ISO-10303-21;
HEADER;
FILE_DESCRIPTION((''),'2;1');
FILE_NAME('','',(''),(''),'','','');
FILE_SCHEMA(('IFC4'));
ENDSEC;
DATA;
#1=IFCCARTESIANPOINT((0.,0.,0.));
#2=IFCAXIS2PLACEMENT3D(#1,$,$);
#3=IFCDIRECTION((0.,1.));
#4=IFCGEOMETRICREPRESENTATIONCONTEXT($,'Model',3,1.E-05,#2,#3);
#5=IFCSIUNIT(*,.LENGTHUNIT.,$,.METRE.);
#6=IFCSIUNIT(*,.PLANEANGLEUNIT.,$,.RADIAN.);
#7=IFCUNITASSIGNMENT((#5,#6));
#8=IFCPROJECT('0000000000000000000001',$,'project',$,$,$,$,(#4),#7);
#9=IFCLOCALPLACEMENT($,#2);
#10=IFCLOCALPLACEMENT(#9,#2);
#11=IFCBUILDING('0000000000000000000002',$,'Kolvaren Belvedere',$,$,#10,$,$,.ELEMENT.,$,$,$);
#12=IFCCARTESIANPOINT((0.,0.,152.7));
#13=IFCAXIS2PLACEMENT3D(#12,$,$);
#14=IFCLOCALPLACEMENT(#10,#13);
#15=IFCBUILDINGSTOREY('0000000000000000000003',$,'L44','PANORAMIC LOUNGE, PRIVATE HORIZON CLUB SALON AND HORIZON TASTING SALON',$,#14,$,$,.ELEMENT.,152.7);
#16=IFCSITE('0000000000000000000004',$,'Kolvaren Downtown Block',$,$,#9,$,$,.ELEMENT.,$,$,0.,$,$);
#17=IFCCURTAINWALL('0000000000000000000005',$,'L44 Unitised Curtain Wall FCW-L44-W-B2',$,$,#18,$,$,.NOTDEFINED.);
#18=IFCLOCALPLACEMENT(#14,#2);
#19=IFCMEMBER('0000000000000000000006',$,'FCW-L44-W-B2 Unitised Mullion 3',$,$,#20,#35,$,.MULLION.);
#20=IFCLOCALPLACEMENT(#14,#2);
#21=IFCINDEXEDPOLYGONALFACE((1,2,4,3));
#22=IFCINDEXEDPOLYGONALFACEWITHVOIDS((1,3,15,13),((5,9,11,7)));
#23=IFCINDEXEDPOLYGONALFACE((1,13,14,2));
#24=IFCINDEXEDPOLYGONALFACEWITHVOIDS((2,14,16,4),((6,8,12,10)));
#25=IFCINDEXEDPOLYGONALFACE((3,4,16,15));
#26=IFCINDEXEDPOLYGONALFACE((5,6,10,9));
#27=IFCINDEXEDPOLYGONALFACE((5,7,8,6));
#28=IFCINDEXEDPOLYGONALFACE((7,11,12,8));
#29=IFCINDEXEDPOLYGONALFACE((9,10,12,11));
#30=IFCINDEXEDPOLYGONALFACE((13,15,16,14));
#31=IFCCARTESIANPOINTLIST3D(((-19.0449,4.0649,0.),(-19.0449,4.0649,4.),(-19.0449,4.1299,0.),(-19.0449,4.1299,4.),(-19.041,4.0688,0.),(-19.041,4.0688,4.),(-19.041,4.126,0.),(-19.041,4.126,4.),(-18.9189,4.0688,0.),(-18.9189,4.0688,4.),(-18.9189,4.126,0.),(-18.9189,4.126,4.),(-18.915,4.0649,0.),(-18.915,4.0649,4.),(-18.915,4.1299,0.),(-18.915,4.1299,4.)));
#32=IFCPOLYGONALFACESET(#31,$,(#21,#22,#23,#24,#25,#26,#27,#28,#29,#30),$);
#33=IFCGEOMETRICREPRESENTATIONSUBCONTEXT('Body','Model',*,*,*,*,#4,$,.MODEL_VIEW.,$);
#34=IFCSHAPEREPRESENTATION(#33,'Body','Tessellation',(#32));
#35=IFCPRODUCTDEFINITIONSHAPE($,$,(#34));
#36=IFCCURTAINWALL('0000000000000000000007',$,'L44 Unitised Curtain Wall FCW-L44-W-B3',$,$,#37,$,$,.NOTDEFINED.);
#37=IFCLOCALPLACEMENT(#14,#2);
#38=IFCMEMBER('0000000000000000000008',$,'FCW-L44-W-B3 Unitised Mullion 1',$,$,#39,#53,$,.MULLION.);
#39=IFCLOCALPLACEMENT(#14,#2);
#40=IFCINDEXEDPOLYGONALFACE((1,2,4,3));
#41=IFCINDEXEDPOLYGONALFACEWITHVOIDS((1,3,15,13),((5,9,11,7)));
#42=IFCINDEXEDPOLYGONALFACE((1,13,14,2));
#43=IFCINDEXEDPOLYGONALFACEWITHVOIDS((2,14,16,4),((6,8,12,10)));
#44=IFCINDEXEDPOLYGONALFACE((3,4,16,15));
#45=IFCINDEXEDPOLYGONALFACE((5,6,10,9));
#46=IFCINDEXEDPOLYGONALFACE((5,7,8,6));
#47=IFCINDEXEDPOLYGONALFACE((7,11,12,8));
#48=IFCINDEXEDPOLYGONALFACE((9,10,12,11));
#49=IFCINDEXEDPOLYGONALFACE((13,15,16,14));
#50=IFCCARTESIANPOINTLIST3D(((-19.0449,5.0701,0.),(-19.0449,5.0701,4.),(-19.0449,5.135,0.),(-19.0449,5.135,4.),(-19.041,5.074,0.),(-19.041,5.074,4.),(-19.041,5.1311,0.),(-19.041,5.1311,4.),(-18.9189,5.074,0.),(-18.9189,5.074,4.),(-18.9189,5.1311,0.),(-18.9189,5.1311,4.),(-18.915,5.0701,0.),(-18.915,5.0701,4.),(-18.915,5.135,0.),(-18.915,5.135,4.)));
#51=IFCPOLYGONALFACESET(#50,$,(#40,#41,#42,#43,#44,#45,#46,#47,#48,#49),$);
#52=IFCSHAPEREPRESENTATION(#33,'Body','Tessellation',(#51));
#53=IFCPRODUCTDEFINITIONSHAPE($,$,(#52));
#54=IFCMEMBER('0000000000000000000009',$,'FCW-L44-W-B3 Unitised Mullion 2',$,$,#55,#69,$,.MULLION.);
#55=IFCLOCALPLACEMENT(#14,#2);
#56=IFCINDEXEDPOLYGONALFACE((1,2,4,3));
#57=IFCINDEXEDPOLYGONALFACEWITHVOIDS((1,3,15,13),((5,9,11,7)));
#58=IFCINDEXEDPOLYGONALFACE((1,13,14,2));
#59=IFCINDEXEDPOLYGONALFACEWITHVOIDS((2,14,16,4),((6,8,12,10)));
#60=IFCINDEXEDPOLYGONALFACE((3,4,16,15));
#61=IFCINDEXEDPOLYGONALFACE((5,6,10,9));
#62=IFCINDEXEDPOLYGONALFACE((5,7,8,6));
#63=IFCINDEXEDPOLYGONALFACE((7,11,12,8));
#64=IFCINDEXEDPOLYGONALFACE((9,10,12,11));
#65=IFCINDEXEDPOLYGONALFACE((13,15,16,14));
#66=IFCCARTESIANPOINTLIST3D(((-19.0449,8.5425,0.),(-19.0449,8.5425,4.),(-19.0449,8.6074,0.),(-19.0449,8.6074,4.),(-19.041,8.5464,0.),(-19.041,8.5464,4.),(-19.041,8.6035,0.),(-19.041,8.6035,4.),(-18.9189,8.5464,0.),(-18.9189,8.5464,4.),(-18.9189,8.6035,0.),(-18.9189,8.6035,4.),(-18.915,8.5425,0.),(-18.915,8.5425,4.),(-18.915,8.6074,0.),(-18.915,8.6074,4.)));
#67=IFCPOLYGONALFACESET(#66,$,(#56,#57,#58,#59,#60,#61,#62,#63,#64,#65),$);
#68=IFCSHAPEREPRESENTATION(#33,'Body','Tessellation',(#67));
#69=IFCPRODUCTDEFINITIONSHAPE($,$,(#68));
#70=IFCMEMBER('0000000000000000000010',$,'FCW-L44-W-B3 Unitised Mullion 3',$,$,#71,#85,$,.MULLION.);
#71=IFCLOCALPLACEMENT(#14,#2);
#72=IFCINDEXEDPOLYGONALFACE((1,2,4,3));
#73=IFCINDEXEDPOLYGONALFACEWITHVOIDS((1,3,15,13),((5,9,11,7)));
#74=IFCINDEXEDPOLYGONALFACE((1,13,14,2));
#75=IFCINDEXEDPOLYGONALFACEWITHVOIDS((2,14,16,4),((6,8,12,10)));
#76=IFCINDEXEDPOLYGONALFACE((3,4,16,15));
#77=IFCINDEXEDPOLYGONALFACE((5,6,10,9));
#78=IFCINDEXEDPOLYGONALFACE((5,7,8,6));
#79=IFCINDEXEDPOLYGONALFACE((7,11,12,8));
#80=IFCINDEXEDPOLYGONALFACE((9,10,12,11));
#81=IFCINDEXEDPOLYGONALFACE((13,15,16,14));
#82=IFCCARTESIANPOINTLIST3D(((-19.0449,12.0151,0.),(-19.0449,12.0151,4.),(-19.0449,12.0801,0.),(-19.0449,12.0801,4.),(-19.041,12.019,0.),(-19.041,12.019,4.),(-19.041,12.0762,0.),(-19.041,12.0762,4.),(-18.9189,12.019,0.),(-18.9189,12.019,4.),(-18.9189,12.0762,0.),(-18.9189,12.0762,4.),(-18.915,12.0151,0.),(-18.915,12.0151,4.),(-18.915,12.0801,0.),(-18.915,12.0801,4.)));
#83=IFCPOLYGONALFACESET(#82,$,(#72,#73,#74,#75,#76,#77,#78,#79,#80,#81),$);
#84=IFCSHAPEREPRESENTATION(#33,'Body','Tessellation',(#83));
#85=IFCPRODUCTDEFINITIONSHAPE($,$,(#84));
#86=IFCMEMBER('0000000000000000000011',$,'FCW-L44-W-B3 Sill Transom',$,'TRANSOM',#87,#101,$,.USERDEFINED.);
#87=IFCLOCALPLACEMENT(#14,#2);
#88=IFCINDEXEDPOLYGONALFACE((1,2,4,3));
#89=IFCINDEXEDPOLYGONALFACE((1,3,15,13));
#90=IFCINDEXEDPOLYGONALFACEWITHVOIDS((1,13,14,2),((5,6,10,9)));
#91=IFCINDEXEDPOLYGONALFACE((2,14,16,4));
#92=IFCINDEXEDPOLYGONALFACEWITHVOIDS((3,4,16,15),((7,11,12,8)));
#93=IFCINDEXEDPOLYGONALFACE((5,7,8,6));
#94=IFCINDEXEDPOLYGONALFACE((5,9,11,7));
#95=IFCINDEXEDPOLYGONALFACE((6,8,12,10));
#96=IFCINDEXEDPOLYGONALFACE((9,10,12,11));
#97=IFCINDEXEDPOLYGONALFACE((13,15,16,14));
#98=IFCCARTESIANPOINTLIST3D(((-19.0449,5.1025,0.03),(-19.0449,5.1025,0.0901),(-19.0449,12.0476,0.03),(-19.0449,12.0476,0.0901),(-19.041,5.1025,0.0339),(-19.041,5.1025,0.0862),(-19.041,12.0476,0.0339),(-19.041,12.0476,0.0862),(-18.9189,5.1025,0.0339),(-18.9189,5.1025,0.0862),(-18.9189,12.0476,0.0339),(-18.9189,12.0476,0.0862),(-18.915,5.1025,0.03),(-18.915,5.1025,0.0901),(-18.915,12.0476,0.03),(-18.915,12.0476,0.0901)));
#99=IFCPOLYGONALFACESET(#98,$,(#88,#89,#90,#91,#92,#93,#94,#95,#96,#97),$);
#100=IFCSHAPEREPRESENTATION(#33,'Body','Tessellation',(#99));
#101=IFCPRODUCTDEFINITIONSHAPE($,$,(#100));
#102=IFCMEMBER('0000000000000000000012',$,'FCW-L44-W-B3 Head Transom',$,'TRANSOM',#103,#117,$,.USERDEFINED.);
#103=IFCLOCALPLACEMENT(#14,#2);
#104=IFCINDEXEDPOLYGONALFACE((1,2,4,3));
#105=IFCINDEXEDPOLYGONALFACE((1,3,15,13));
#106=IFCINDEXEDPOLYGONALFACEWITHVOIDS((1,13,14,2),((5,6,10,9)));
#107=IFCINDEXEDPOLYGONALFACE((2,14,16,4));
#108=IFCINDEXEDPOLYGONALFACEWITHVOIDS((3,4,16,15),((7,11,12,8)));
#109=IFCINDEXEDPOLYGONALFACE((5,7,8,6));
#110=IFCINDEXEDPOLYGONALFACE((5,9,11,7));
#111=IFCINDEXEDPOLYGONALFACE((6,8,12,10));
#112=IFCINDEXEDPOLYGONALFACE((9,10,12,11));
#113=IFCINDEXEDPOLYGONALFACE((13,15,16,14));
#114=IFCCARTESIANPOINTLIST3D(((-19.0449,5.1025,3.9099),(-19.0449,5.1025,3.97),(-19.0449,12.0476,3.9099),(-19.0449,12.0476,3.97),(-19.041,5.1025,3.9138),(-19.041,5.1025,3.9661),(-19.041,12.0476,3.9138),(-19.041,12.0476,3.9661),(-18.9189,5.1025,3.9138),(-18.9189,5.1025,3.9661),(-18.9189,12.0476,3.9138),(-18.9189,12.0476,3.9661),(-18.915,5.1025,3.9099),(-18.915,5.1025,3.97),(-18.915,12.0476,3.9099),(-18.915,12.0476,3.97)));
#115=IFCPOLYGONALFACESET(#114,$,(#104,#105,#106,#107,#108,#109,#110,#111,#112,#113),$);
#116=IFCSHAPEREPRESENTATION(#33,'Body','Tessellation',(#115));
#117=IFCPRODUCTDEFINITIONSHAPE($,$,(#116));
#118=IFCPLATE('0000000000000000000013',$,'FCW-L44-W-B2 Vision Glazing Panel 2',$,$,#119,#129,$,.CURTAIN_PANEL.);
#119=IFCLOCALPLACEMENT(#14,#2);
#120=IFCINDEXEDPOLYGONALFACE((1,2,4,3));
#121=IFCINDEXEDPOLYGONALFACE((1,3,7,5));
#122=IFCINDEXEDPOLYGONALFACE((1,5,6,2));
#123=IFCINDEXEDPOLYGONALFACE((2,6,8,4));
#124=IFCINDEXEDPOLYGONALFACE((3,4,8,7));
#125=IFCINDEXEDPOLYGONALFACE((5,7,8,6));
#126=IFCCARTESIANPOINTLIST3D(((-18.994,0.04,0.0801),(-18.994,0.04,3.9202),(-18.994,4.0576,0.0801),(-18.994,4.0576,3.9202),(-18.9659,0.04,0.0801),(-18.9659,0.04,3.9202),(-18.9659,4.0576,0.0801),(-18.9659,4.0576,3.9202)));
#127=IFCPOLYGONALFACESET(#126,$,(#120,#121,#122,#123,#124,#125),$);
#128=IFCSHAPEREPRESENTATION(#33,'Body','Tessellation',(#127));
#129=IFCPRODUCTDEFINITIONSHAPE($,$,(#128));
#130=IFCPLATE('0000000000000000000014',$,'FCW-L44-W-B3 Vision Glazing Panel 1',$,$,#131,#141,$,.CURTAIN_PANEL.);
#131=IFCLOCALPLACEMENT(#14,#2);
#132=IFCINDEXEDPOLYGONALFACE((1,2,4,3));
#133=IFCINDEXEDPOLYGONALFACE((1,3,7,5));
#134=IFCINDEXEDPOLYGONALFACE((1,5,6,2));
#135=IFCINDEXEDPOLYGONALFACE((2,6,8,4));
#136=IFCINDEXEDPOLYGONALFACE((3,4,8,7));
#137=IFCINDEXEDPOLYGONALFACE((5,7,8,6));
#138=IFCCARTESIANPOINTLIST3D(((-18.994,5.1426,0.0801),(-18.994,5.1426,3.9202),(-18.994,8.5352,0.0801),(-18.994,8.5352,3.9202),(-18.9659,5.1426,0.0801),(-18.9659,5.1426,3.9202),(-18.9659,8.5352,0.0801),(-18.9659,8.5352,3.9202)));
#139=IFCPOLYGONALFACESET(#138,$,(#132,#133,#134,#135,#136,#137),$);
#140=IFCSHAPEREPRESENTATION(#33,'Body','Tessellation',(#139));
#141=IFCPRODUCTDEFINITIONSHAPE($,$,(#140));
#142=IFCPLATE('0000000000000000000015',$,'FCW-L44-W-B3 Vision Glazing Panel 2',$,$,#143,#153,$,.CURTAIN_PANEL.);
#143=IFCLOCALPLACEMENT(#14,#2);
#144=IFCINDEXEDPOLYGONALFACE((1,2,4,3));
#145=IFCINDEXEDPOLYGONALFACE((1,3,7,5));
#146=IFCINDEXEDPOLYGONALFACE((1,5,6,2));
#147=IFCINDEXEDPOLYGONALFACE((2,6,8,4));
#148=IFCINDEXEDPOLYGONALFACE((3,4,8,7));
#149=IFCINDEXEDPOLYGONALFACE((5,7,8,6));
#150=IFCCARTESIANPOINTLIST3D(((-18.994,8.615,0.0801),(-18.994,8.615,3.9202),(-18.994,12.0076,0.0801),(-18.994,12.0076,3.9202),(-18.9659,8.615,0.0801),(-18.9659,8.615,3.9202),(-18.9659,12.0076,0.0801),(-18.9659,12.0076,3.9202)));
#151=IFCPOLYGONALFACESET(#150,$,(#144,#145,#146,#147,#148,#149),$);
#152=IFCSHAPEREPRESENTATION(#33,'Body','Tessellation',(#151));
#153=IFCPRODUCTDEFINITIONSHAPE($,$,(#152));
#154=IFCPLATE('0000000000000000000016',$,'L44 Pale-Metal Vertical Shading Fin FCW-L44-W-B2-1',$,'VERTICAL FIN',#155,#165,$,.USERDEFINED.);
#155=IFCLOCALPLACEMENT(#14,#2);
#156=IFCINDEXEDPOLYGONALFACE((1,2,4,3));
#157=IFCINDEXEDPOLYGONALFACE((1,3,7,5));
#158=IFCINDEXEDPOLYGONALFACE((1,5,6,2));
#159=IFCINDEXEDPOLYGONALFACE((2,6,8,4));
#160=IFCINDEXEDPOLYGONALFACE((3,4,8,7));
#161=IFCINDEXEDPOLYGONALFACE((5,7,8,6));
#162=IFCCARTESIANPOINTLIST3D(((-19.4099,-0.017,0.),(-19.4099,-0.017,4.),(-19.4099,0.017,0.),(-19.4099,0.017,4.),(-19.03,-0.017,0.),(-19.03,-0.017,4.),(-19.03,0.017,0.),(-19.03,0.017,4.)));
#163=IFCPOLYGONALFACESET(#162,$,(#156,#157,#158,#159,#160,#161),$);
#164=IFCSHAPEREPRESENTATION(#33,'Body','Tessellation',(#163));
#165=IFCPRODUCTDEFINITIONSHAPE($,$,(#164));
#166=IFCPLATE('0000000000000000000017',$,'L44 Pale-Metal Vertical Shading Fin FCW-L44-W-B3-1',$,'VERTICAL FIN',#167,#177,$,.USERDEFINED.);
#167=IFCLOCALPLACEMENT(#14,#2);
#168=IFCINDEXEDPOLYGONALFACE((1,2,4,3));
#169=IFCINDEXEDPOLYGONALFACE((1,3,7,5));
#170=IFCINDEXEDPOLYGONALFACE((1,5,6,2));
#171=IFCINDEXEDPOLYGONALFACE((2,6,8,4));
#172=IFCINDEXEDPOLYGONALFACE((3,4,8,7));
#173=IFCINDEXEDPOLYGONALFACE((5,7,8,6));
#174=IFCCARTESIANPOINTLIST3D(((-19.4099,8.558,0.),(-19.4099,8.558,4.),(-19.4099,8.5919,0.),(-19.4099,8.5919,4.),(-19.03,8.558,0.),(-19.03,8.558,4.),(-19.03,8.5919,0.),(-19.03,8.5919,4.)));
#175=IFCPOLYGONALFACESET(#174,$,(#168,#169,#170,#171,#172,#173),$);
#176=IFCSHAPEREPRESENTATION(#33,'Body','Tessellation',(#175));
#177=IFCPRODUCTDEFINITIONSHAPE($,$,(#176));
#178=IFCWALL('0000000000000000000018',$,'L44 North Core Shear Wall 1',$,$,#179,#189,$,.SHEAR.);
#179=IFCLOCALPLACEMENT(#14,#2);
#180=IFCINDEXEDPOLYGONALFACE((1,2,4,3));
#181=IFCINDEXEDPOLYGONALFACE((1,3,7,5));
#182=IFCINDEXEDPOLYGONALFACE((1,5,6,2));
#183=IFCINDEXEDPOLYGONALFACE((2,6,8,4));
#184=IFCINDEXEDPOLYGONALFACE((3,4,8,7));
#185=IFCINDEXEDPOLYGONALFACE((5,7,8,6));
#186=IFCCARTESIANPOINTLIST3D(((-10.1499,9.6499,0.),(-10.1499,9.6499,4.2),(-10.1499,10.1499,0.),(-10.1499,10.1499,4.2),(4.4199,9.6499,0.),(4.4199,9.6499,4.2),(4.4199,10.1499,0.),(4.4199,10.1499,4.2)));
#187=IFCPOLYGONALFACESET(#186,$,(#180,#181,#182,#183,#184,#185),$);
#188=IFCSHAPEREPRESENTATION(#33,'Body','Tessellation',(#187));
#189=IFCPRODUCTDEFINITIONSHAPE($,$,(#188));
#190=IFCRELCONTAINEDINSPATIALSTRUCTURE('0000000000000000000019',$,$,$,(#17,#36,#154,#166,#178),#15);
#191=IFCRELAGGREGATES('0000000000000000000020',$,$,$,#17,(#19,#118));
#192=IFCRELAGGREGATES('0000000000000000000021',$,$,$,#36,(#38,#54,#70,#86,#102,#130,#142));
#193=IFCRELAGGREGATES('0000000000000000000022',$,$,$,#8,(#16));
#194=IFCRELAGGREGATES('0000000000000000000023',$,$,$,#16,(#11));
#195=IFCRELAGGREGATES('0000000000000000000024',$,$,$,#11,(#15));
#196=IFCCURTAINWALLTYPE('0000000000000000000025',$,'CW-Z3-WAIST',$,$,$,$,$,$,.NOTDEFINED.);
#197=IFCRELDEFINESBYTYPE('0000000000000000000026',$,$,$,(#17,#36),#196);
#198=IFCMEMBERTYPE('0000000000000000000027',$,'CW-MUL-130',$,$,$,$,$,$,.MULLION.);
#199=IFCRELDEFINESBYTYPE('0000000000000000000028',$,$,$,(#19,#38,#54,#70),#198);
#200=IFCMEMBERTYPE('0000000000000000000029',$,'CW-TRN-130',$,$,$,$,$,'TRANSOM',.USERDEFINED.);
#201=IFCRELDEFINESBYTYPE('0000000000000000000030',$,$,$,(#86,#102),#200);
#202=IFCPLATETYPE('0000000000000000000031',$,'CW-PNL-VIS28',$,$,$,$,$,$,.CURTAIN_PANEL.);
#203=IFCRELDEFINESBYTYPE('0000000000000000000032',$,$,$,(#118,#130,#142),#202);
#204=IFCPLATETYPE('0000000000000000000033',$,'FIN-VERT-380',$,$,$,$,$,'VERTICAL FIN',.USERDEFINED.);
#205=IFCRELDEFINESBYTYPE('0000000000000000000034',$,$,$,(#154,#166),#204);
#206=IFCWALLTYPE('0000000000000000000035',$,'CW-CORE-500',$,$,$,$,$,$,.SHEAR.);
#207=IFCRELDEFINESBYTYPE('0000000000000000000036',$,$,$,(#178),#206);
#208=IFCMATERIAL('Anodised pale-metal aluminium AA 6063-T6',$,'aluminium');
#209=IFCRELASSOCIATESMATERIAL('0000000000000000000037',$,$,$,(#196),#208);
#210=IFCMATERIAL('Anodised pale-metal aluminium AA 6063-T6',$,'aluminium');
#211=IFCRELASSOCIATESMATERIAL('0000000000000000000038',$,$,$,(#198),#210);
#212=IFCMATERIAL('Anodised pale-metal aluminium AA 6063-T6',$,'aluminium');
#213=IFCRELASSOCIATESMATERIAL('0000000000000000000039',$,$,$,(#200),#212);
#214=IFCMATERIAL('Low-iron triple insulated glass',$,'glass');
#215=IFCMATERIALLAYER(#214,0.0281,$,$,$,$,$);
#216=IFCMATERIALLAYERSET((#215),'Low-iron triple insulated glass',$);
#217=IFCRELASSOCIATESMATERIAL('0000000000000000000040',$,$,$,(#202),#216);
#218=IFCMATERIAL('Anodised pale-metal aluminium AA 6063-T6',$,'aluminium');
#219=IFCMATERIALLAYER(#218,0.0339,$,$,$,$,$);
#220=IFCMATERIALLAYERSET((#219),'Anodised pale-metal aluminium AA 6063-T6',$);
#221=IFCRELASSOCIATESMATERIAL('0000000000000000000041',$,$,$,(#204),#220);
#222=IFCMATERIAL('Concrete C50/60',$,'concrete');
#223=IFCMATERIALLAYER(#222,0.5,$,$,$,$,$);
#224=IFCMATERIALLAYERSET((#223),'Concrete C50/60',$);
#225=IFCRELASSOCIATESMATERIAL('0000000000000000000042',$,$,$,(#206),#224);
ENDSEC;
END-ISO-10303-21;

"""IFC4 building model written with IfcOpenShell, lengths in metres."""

from ifc_helpers import new_model, si_unit, direction, frame, frame_2d, origin, origin_2d, place, context, subcontext, project, spatial, rectangle, hollow_rectangle, extrude, material, layer, layer_set, material_profile, profile_set, type_object, element, aggregate, save


model = new_model("IFC4")

# Units and contexts
model_context = context("Model", 3, precision=1e-05, world=origin(), true_north=direction((0.0, 1.0)))
body_context = subcontext(model_context, "Body", "Model", "MODEL_VIEW")
ifc_project = project(units=[si_unit("LENGTHUNIT", "METRE"), si_unit("PLANEANGLEUNIT", "RADIAN")], contexts=[model_context])

# Site, building, storey
site_placement = place(None, origin())
site = spatial("IfcSite", under=ifc_project, at=site_placement, Name="Kolvaren Downtown Block", CompositionType="ELEMENT", RefElevation=0.0)
building_placement = place(site_placement, origin())
building = spatial("IfcBuilding", under=site, at=building_placement, Name="Kolvaren Belvedere", CompositionType="ELEMENT")
storey_placement = place(building_placement, frame((0.0, 0.0, 152.7)))
storey = spatial("IfcBuildingStorey", under=building, at=storey_placement, Name="L44", Description="PANORAMIC LOUNGE, PRIVATE HORIZON CLUB SALON AND HORIZON TASTING SALON", CompositionType="ELEMENT", Elevation=152.7)

# Curtain walls, members
ifc_material_1 = material(Name="Anodised pale-metal aluminium AA 6063-T6", Category="aluminium")
curtain_wall_type = type_object("IfcCurtainWallType", Name="CW-Z3-WAIST", PredefinedType="NOTDEFINED", material=ifc_material_1)
curtain_wall_1_placement = place(storey_placement, origin())
curtain_wall_1 = element("IfcCurtainWall", 1, at=curtain_wall_1_placement, inside=storey, type_object=curtain_wall_type, Name="L44 Unitised Curtain Wall FCW-L44-W-B2", PredefinedType="NOTDEFINED")
ifc_material_2 = material(Name="Anodised pale-metal aluminium AA 6063-T6", Category="aluminium")
ifc_material_profile_1 = material_profile(ifc_material_2, hollow_rectangle(XDim=0.0649, YDim=0.1299, WallThickness=0.0039, at=origin_2d()), Name="ALU-MUL-130X65")
ifc_profile_set_1 = profile_set([ifc_material_profile_1], Name="Anodised pale-metal aluminium AA 6063-T6")
member_type_1 = type_object("IfcMemberType", Name="CW-MUL-130", PredefinedType="MULLION", material=ifc_profile_set_1)
member_1_placement = place(storey_placement, frame((-18.98, 4.0974, 0.0), z_axis=(0.0, 0.0, 1.0), x_axis=(0.0, 1.0, 0.0)))
member_1 = element("IfcMember", 2, at=member_1_placement, type_object=member_type_1, Name="FCW-L44-W-B2 Unitised Mullion 3", PredefinedType="MULLION", context=body_context, shape_type="SweptSolid", body=[
    extrude(hollow_rectangle(XDim=0.0649, YDim=0.1299, WallThickness=0.0039, at=origin_2d()), origin(), (0.0, 0.0, 1.0), 4.0),
])
curtain_wall_2_placement = place(storey_placement, origin())
curtain_wall_2 = element("IfcCurtainWall", 3, at=curtain_wall_2_placement, inside=storey, type_object=curtain_wall_type, Name="L44 Unitised Curtain Wall FCW-L44-W-B3", PredefinedType="NOTDEFINED")
member_2_placement = place(storey_placement, frame((-18.98, 5.1025, 0.0), z_axis=(0.0, 0.0, 1.0), x_axis=(0.0, 1.0, 0.0)))
member_2 = element("IfcMember", 4, at=member_2_placement, type_object=member_type_1, Name="FCW-L44-W-B3 Unitised Mullion 1", PredefinedType="MULLION", context=body_context, shape_type="SweptSolid", body=[
    extrude(hollow_rectangle(XDim=0.0649, YDim=0.1299, WallThickness=0.0039, at=origin_2d()), origin(), (0.0, 0.0, 1.0), 4.0),
])
member_3_placement = place(storey_placement, frame((-18.98, 8.575, 0.0), z_axis=(0.0, 0.0, 1.0), x_axis=(0.0, 1.0, 0.0)))
member_3 = element("IfcMember", 5, at=member_3_placement, type_object=member_type_1, Name="FCW-L44-W-B3 Unitised Mullion 2", PredefinedType="MULLION", context=body_context, shape_type="SweptSolid", body=[
    extrude(hollow_rectangle(XDim=0.0649, YDim=0.1299, WallThickness=0.0039, at=origin_2d()), origin(), (0.0, 0.0, 1.0), 4.0),
])
member_4_placement = place(storey_placement, frame((-18.98, 12.0476, 0.0), z_axis=(0.0, 0.0, 1.0), x_axis=(0.0, 1.0, 0.0)))
member_4 = element("IfcMember", 6, at=member_4_placement, type_object=member_type_1, Name="FCW-L44-W-B3 Unitised Mullion 3", PredefinedType="MULLION", context=body_context, shape_type="SweptSolid", body=[
    extrude(hollow_rectangle(XDim=0.0649, YDim=0.1299, WallThickness=0.0039, at=origin_2d()), origin(), (0.0, 0.0, 1.0), 4.0),
])
ifc_material_3 = material(Name="Anodised pale-metal aluminium AA 6063-T6", Category="aluminium")
ifc_material_profile_2 = material_profile(ifc_material_3, hollow_rectangle(XDim=0.0601, YDim=0.1299, WallThickness=0.0039, at=origin_2d()), Name="ALU-TRN-130X60")
ifc_profile_set_2 = profile_set([ifc_material_profile_2], Name="Anodised pale-metal aluminium AA 6063-T6")
member_type_2 = type_object("IfcMemberType", Name="CW-TRN-130", ElementType="TRANSOM", PredefinedType="USERDEFINED", material=ifc_profile_set_2)
member_5_placement = place(storey_placement, frame((-18.98, 5.1025, 0.0601), z_axis=(0.0, 1.0, 0.0), x_axis=(0.0, 0.0, 1.0)))
member_5 = element("IfcMember", 7, at=member_5_placement, type_object=member_type_2, Name="FCW-L44-W-B3 Sill Transom", ObjectType="TRANSOM", PredefinedType="USERDEFINED", context=body_context, shape_type="SweptSolid", body=[
    extrude(hollow_rectangle(XDim=0.0601, YDim=0.1299, WallThickness=0.0039, at=origin_2d()), origin(), (0.0, 0.0, 1.0), 6.9451),
])
member_6_placement = place(storey_placement, frame((-18.98, 5.1025, 3.9399), z_axis=(0.0, 1.0, 0.0), x_axis=(0.0, 0.0, 1.0)))
member_6 = element("IfcMember", 8, at=member_6_placement, type_object=member_type_2, Name="FCW-L44-W-B3 Head Transom", ObjectType="TRANSOM", PredefinedType="USERDEFINED", context=body_context, shape_type="SweptSolid", body=[
    extrude(hollow_rectangle(XDim=0.0601, YDim=0.1299, WallThickness=0.0039, at=origin_2d()), origin(), (0.0, 0.0, 1.0), 6.9451),
])

# Plates
ifc_material_4 = material(Name="Low-iron triple insulated glass", Category="glass")
ifc_layer_1 = layer(ifc_material_4, 0.0281)
ifc_layer_set_1 = layer_set([ifc_layer_1], Name="Low-iron triple insulated glass")
plate_type_1 = type_object("IfcPlateType", Name="CW-PNL-VIS28", PredefinedType="CURTAIN_PANEL", material=ifc_layer_set_1)
plate_1_placement = place(storey_placement, frame((-18.98, 2.0488, 0.0801), z_axis=(0.0, 0.0, 1.0), x_axis=(0.0, 1.0, 0.0)))
plate_1 = element("IfcPlate", 9, at=plate_1_placement, type_object=plate_type_1, Name="FCW-L44-W-B2 Vision Glazing Panel 2", PredefinedType="CURTAIN_PANEL", context=body_context, shape_type="SweptSolid", body=[
    extrude(rectangle(XDim=4.0176, YDim=0.0281, at=origin_2d()), origin(), (0.0, 0.0, 1.0), 3.8401),
])
aggregate(curtain_wall_1, [member_1, plate_1])
plate_2_placement = place(storey_placement, frame((-18.98, 6.8389, 0.0801), z_axis=(0.0, 0.0, 1.0), x_axis=(0.0, 1.0, 0.0)))
plate_2 = element("IfcPlate", 10, at=plate_2_placement, type_object=plate_type_1, Name="FCW-L44-W-B3 Vision Glazing Panel 1", PredefinedType="CURTAIN_PANEL", context=body_context, shape_type="SweptSolid", body=[
    extrude(rectangle(XDim=3.3926, YDim=0.0281, at=origin_2d()), origin(), (0.0, 0.0, 1.0), 3.8401),
])
plate_3_placement = place(storey_placement, frame((-18.98, 10.3113, 0.0801), z_axis=(0.0, 0.0, 1.0), x_axis=(0.0, 1.0, 0.0)))
plate_3 = element("IfcPlate", 11, at=plate_3_placement, type_object=plate_type_1, Name="FCW-L44-W-B3 Vision Glazing Panel 2", PredefinedType="CURTAIN_PANEL", context=body_context, shape_type="SweptSolid", body=[
    extrude(rectangle(XDim=3.3926, YDim=0.0281, at=origin_2d()), origin(), (0.0, 0.0, 1.0), 3.8401),
])
aggregate(curtain_wall_2, [member_2, member_3, member_4, member_5, member_6, plate_2, plate_3])

# Plates
ifc_material_5 = material(Name="Anodised pale-metal aluminium AA 6063-T6", Category="aluminium")
ifc_layer_2 = layer(ifc_material_5, 0.0339)
ifc_layer_set_2 = layer_set([ifc_layer_2], Name="Anodised pale-metal aluminium AA 6063-T6")
plate_type_2 = type_object("IfcPlateType", Name="FIN-VERT-380", ElementType="VERTICAL FIN", PredefinedType="USERDEFINED", material=ifc_layer_set_2)
for number, where, z_axis, x_axis, name in (
    (12, (-19.22, 0.0, 0.0), (0.0, 0.0, 1.0), (1.0, 0.0, 0.0), "L44 Pale-Metal Vertical Shading Fin FCW-L44-W-B2-1"),
    (13, (-19.22, 8.575, 0.0), (0.0, 0.0, 1.0), (1.0, 0.0, 0.0), "L44 Pale-Metal Vertical Shading Fin FCW-L44-W-B3-1"),
):
    element("IfcPlate", number, at=place(storey_placement, frame(where, z_axis=z_axis, x_axis=x_axis)), inside=storey, type_object=plate_type_2, Name=name, ObjectType="VERTICAL FIN", PredefinedType="USERDEFINED", context=body_context, shape_type="SweptSolid", body=[
        extrude(rectangle(XDim=0.3799, YDim=0.0339, at=origin_2d()), origin(), (0.0, 0.0, 1.0), 4.0),
    ])

# Wall
ifc_material_6 = material(Name="Concrete C50/60", Category="concrete")
ifc_layer_3 = layer(ifc_material_6, 0.5)
ifc_layer_set_3 = layer_set([ifc_layer_3], Name="Concrete C50/60")
wall_type_1 = type_object("IfcWallType", Name="CW-CORE-500", PredefinedType="SHEAR", material=ifc_layer_set_3)
wall_1_placement = place(storey_placement, frame((-10.1499, 9.8999, 0.0), z_axis=(0.0, 0.0, 1.0), x_axis=(1.0, 0.0, 0.0)))
element("IfcWall", 14, at=wall_1_placement, inside=storey, type_object=wall_type_1, Name="L44 North Core Shear Wall 1", PredefinedType="SHEAR", context=body_context, shape_type="SweptSolid", body=[
    extrude(rectangle(XDim=14.5698, YDim=0.5, at=frame_2d((7.2849, 0.0))), origin(), (0.0, 0.0, 1.0), 4.2),
])

save(model, "model.ifc")
